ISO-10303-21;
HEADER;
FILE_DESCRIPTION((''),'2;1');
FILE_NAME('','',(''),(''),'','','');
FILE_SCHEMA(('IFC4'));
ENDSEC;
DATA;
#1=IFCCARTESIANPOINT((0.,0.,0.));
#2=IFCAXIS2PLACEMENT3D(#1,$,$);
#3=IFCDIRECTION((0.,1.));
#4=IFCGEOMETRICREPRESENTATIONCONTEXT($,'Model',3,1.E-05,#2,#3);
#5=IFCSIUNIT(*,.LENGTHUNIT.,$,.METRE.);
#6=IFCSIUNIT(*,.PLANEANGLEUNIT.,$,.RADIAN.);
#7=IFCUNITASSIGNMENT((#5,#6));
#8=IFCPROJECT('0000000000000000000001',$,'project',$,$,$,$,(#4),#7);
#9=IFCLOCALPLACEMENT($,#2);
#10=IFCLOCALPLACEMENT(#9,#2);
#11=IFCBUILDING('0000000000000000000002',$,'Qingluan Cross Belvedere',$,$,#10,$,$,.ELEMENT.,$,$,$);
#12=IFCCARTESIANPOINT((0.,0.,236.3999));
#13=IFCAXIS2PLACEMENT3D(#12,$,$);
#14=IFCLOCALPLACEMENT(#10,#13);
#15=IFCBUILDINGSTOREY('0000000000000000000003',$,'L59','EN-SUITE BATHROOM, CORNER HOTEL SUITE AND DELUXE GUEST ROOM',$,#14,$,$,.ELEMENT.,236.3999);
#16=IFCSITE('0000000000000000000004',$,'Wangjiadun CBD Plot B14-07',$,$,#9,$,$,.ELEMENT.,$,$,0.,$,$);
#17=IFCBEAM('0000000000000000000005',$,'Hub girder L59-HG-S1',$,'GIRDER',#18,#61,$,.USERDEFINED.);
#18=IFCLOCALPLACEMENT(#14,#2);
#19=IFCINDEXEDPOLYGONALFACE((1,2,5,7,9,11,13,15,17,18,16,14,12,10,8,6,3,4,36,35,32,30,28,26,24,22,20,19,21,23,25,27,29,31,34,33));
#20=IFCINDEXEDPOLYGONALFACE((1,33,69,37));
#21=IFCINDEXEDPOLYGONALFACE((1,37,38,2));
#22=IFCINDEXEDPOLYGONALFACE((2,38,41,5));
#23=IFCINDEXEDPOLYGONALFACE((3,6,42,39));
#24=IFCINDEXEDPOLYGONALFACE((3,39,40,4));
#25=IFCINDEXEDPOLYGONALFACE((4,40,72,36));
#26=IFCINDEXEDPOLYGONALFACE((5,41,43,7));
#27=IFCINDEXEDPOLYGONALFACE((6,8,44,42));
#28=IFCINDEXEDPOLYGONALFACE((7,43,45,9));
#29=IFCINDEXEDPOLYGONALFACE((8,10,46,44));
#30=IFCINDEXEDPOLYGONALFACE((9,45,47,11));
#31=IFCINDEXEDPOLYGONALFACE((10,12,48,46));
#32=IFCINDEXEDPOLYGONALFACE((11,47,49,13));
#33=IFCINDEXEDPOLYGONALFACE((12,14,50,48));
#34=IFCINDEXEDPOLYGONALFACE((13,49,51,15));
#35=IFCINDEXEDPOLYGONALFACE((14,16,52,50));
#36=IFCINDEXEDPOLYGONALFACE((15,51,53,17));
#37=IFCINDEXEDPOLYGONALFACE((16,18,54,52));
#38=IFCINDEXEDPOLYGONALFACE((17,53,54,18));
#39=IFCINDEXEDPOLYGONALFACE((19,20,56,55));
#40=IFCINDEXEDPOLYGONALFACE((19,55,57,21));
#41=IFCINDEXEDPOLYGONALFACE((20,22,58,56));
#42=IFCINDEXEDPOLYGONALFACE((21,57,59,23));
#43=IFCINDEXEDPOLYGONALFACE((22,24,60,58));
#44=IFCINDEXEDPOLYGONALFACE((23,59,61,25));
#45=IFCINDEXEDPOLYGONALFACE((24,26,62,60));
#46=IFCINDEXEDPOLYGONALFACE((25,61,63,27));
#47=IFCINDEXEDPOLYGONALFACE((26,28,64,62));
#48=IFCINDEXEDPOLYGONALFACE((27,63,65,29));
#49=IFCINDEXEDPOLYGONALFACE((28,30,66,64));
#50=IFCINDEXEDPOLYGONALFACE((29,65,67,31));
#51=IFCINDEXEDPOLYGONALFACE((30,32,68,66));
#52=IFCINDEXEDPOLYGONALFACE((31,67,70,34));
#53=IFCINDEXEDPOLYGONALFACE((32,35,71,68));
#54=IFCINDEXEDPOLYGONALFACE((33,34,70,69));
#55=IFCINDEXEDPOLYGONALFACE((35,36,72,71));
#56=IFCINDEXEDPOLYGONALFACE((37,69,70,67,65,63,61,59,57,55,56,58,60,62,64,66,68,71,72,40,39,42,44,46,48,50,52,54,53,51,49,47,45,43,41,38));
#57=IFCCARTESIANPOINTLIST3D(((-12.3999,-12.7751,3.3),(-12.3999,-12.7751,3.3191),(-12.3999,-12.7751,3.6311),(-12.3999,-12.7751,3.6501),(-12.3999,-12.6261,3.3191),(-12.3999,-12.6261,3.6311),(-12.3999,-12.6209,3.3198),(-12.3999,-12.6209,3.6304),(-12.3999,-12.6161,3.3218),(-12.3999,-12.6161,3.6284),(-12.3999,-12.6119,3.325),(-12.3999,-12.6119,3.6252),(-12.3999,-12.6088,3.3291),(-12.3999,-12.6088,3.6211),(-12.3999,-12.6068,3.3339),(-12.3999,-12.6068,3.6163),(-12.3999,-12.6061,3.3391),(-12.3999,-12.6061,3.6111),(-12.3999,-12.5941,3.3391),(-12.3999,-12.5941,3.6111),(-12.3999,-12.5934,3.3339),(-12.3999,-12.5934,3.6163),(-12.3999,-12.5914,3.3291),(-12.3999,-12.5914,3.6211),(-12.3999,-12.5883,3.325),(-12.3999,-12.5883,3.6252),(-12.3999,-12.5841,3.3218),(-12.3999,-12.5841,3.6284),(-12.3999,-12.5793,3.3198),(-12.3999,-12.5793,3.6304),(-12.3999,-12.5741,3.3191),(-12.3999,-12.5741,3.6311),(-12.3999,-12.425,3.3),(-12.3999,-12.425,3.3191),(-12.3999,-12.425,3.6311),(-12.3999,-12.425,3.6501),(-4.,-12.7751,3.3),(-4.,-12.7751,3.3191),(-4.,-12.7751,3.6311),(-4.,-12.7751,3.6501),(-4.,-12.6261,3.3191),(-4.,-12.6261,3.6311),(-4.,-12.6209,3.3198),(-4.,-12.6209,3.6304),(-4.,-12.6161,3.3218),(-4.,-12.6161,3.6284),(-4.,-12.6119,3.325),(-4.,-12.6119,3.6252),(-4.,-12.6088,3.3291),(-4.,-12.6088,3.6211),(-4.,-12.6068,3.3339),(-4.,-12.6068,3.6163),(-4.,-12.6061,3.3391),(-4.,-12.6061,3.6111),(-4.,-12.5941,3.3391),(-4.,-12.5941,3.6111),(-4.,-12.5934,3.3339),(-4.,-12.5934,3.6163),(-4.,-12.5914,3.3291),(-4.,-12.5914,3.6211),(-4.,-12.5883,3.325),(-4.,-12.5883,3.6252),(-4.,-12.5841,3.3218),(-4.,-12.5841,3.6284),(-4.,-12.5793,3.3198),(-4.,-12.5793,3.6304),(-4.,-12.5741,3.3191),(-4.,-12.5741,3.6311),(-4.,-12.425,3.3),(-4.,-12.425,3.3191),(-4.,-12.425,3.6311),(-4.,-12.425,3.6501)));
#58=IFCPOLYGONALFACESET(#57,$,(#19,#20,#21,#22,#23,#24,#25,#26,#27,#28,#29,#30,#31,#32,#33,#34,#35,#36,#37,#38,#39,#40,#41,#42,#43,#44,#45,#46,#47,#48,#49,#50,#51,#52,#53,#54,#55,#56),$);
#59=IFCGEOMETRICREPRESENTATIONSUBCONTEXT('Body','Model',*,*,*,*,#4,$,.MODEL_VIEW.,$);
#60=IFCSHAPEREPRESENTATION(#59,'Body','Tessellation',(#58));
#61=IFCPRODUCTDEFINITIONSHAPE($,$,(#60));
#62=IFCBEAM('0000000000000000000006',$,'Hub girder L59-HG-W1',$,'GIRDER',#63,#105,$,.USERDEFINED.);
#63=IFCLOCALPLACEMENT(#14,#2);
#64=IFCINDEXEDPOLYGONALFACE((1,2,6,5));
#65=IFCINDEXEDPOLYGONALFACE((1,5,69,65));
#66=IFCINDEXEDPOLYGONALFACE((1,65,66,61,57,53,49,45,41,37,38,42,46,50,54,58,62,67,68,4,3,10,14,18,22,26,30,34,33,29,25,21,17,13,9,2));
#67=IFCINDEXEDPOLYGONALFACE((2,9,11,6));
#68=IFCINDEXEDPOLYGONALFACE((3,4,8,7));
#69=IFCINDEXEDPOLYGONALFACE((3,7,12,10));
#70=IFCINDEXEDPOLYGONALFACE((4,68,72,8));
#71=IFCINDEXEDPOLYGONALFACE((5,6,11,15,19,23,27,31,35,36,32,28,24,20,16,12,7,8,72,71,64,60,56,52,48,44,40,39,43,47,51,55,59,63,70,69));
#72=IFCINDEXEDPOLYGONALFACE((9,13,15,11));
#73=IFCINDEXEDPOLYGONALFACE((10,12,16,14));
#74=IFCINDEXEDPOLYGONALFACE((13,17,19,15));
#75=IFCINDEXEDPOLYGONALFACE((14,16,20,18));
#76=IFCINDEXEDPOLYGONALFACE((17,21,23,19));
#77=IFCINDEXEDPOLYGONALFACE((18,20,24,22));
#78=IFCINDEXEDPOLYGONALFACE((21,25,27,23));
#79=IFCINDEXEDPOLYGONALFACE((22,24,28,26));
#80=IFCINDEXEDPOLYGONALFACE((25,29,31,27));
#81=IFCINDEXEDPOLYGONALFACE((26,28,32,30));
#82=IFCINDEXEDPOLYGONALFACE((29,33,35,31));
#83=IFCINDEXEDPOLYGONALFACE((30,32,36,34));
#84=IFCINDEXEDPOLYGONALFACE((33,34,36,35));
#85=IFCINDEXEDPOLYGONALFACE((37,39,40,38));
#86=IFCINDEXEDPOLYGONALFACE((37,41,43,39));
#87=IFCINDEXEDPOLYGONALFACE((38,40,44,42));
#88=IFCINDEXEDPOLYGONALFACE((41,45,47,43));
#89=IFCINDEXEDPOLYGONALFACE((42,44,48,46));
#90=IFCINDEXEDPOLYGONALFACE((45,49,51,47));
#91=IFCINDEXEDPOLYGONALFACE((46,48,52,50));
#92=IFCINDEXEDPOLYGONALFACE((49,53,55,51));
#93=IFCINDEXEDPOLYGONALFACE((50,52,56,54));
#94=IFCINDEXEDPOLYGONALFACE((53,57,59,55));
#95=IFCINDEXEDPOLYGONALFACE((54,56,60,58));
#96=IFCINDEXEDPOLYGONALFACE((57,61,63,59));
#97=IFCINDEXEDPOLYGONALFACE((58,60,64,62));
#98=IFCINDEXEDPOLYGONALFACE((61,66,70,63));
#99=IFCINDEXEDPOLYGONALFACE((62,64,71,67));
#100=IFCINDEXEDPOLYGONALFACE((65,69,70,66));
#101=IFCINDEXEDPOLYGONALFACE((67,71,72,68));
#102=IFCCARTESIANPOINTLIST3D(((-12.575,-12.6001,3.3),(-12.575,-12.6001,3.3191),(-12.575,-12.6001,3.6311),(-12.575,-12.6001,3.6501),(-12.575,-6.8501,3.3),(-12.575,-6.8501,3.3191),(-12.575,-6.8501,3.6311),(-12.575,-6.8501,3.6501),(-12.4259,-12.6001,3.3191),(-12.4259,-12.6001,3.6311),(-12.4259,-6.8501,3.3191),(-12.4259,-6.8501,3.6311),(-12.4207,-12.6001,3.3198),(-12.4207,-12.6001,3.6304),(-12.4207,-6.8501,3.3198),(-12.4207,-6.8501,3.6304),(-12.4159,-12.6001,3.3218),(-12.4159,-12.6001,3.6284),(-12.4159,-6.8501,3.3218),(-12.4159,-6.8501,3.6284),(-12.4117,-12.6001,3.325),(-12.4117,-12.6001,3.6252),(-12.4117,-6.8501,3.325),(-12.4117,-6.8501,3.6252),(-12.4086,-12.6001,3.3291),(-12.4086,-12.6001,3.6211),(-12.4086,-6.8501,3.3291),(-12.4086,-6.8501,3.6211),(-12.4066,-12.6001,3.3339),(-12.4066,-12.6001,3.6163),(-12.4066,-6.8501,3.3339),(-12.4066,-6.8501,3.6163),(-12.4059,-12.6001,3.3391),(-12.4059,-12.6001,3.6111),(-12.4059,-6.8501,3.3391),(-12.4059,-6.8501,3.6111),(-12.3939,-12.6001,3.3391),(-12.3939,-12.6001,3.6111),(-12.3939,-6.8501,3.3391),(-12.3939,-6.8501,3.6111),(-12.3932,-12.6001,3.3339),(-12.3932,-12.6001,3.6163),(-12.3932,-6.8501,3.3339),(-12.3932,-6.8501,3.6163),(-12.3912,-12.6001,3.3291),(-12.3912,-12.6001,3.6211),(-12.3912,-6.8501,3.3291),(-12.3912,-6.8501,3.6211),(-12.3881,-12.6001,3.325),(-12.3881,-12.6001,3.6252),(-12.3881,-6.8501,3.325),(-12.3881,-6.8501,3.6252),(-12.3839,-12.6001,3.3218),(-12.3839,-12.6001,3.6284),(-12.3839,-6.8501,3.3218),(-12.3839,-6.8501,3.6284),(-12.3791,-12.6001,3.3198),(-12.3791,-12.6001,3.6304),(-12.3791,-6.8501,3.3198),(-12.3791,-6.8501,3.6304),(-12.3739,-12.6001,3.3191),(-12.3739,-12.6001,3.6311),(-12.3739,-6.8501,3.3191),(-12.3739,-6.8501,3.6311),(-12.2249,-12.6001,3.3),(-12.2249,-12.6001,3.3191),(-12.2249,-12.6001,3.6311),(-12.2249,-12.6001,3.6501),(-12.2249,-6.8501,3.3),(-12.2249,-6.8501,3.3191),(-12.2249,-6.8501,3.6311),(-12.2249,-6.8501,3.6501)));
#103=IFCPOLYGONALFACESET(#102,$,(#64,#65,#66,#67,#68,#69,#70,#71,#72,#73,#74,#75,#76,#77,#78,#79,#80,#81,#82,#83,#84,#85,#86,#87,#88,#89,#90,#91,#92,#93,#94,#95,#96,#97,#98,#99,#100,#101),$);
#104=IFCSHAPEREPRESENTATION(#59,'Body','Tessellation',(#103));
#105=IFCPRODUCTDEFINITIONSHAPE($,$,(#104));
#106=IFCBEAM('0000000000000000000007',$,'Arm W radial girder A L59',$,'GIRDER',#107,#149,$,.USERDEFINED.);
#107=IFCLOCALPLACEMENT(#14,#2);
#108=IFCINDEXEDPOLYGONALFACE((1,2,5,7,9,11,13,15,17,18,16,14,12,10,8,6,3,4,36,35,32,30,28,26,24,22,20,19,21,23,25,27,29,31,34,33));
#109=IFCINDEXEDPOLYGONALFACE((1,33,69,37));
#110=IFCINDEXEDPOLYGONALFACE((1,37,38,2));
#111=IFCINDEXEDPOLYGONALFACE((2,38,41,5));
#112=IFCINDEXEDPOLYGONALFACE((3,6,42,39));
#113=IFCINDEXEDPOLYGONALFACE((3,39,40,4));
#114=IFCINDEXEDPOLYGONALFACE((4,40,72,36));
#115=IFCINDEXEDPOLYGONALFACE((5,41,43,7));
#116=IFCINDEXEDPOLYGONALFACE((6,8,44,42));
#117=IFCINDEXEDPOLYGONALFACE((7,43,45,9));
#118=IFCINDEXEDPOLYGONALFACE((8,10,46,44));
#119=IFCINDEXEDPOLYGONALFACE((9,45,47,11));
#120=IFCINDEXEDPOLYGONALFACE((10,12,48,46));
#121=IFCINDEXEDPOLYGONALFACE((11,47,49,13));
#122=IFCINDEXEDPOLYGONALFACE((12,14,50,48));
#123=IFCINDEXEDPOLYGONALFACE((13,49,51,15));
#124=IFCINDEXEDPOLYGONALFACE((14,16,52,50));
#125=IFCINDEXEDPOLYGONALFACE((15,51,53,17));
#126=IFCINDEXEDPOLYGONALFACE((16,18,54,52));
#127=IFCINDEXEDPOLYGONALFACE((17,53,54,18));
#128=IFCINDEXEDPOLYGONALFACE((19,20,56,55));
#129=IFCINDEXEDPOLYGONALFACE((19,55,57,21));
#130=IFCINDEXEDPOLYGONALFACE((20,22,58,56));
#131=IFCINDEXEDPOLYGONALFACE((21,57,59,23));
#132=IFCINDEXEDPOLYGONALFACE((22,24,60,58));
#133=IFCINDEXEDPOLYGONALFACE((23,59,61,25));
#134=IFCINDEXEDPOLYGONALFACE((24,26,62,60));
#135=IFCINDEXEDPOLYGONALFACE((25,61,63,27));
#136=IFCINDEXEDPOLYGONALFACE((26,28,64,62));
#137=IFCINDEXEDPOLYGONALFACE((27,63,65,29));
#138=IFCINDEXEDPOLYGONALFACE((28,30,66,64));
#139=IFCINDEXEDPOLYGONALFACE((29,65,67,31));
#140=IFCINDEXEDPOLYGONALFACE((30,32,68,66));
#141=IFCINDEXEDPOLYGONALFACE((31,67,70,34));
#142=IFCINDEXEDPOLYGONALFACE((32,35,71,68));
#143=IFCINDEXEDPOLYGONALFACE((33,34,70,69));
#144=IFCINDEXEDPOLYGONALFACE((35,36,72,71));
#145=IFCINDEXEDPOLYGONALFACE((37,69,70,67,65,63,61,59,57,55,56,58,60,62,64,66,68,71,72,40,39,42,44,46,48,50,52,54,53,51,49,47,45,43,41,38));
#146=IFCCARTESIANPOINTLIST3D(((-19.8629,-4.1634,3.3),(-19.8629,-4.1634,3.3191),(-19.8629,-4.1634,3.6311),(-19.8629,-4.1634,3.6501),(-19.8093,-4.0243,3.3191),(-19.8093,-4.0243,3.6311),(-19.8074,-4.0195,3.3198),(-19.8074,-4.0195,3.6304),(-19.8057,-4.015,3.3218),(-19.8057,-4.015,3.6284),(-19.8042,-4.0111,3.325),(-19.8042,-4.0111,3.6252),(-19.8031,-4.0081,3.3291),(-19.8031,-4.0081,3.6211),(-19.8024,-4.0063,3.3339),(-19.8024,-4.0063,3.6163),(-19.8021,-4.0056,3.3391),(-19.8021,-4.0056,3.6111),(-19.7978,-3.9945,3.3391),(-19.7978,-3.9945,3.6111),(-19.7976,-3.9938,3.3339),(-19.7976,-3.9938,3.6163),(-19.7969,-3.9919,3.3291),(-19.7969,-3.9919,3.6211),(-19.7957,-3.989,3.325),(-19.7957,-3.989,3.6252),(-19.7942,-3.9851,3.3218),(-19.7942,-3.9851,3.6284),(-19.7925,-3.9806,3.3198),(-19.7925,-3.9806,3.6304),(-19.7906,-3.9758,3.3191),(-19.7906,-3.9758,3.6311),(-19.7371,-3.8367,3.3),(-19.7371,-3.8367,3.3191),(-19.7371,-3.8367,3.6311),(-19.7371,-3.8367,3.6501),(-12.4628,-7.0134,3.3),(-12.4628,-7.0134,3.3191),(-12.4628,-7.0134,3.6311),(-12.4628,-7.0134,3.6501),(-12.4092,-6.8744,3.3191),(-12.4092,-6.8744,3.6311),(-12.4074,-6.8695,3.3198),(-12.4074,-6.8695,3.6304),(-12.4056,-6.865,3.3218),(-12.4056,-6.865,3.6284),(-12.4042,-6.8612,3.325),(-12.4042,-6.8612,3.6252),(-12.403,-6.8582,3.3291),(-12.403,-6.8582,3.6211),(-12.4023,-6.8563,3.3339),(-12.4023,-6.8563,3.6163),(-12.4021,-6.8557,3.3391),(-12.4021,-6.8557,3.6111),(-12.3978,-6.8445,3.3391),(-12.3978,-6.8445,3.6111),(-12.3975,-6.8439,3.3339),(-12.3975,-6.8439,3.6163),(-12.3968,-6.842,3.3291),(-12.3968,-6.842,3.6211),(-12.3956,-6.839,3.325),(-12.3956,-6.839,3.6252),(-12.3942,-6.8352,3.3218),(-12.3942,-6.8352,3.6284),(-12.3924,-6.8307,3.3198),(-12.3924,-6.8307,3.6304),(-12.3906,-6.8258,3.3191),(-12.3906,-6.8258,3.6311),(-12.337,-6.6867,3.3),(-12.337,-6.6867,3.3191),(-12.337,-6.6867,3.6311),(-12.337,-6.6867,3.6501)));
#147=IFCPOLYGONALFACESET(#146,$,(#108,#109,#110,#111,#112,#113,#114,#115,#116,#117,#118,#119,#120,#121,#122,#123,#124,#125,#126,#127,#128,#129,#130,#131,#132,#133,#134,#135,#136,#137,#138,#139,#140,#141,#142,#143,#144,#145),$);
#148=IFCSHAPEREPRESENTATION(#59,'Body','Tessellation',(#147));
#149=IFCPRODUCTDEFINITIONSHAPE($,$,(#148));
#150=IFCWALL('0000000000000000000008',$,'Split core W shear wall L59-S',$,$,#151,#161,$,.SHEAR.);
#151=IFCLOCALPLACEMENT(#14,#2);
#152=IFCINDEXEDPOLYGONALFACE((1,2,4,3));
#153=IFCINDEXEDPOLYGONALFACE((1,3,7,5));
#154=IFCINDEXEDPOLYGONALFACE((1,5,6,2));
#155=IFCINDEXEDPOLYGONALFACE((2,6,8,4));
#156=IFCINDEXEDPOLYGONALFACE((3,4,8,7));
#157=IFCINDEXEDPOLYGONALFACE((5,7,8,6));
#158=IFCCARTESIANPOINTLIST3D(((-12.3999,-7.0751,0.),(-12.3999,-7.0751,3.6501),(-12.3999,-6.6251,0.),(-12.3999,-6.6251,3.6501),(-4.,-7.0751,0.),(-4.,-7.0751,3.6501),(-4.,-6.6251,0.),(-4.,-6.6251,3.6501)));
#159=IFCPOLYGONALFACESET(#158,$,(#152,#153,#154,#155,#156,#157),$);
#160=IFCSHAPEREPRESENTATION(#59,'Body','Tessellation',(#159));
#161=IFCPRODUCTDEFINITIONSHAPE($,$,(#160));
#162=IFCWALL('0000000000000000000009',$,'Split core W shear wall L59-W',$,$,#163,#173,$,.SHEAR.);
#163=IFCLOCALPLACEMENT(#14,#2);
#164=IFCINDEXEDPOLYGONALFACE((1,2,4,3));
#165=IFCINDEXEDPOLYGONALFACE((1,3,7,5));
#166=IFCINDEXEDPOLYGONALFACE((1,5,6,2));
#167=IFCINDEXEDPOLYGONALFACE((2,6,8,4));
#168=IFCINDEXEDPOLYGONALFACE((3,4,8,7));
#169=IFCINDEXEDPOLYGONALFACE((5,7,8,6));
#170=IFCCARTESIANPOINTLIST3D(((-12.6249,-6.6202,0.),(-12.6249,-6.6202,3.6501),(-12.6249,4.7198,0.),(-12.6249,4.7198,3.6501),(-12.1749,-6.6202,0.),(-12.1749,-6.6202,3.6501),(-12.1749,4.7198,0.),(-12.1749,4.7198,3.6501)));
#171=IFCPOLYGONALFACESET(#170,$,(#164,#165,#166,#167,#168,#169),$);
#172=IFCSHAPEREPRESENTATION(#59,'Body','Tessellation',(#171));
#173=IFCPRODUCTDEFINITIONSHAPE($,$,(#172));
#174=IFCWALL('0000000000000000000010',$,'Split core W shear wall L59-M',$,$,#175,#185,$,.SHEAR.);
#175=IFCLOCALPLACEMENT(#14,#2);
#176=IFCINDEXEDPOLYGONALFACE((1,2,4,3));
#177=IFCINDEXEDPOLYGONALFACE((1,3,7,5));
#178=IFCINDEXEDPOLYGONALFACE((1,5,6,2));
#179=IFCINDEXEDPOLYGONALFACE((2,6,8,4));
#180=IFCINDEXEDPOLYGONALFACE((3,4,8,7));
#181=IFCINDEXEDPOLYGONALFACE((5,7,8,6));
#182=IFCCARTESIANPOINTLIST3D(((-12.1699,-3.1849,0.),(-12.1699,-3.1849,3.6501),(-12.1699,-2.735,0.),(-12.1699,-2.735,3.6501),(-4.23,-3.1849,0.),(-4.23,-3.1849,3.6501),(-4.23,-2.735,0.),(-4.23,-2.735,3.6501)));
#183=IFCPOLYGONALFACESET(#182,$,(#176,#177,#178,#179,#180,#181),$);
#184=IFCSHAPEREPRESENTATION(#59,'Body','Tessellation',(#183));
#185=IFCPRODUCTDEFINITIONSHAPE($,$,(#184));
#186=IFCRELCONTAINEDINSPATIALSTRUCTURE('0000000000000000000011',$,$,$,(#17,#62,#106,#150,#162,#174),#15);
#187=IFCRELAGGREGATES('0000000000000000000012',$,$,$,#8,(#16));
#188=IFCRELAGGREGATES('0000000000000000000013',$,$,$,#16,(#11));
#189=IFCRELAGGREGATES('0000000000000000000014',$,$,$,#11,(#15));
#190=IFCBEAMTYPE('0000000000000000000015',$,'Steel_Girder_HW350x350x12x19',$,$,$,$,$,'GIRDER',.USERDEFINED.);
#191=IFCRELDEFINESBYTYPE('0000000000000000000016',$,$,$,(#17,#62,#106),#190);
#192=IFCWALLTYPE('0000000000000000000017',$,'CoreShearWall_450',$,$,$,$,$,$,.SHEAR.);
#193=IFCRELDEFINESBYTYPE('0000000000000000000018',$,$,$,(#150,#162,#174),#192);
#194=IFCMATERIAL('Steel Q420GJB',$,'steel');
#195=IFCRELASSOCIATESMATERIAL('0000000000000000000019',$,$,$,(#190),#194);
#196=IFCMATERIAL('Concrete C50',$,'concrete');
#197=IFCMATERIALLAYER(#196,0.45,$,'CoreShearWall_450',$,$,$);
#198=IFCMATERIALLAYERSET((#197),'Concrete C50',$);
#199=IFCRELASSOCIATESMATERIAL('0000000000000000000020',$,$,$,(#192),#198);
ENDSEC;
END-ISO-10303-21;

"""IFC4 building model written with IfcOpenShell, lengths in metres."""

from ifc_helpers import new_model, si_unit, direction, frame, frame_2d, origin, origin_2d, place, context, subcontext, project, spatial, rectangle, i_section, extrude, material, layer, layer_set, material_profile, profile_set, type_object, element, save


model = new_model("IFC4")

# Units and contexts
model_context = context("Model", 3, precision=1e-05, world=origin(), true_north=direction((0.0, 1.0)))
body_context = subcontext(model_context, "Body", "Model", "MODEL_VIEW")
ifc_project = project(units=[si_unit("LENGTHUNIT", "METRE"), si_unit("PLANEANGLEUNIT", "RADIAN")], contexts=[model_context])

# Site, building, storey
site_placement = place(None, origin())
site = spatial("IfcSite", under=ifc_project, at=site_placement, Name="Wangjiadun CBD Plot B14-07", CompositionType="ELEMENT", RefElevation=0.0)
building_placement = place(site_placement, origin())
building = spatial("IfcBuilding", under=site, at=building_placement, Name="Qingluan Cross Belvedere", CompositionType="ELEMENT")
storey_placement = place(building_placement, frame((0.0, 0.0, 236.3999)))
storey = spatial("IfcBuildingStorey", under=building, at=storey_placement, Name="L59", Description="EN-SUITE BATHROOM, CORNER HOTEL SUITE AND DELUXE GUEST ROOM", CompositionType="ELEMENT", Elevation=236.3999)

# Beams
ifc_material_1 = material(Name="Steel Q420GJB", Category="steel")
ifc_material_profile_1 = material_profile(ifc_material_1, i_section(OverallWidth=0.3501, OverallDepth=0.3501, WebThickness=0.012, FlangeThickness=0.019, FilletRadius=0.02, at=origin_2d()), Name="HW350x350x12x19")
ifc_profile_set_1 = profile_set([ifc_material_profile_1], Name="Steel Q420GJB")
beam_type_1 = type_object("IfcBeamType", Name="Steel_Girder_HW350x350x12x19", ElementType="GIRDER", PredefinedType="USERDEFINED", material=ifc_profile_set_1)
beam_1_placement = place(storey_placement, frame((-12.3999, -12.6001, 3.4751), z_axis=(1.0, 0.0, 0.0), x_axis=(0.0, 1.0, 0.0)))
element("IfcBeam", 1, at=beam_1_placement, inside=storey, type_object=beam_type_1, Name="Hub girder L59-HG-S1", ObjectType="GIRDER", PredefinedType="USERDEFINED", context=body_context, shape_type="SweptSolid", body=[
    extrude(i_section(OverallWidth=0.3501, OverallDepth=0.3501, WebThickness=0.012, FlangeThickness=0.019, FilletRadius=0.02, at=origin_2d()), origin(), (0.0, 0.0, 1.0), 8.3999),
])
beam_2_placement = place(storey_placement, frame((-12.3999, -12.6001, 3.4751), z_axis=(0.0, 1.0, 0.0), x_axis=(-1.0, 0.0, 0.0)))
element("IfcBeam", 2, at=beam_2_placement, inside=storey, type_object=beam_type_1, Name="Hub girder L59-HG-W1", ObjectType="GIRDER", PredefinedType="USERDEFINED", context=body_context, shape_type="SweptSolid", body=[
    extrude(i_section(OverallWidth=0.3501, OverallDepth=0.3501, WebThickness=0.012, FlangeThickness=0.019, FilletRadius=0.02, at=origin_2d()), origin(), (0.0, 0.0, 1.0), 5.75),
])
beam_3_placement = place(storey_placement, frame((-12.3999, -6.8501, 3.4751), z_axis=(-0.933181, 0.359406, 0.0), x_axis=(-0.359406, -0.933181, 0.0)))
element("IfcBeam", 3, at=beam_3_placement, inside=storey, type_object=beam_type_1, Name="Arm W radial girder A L59", ObjectType="GIRDER", PredefinedType="USERDEFINED", context=body_context, shape_type="SweptSolid", body=[
    extrude(i_section(OverallWidth=0.3501, OverallDepth=0.3501, WebThickness=0.012, FlangeThickness=0.019, FilletRadius=0.02, at=origin_2d()), origin(), (0.0, 0.0, 1.0), 7.9299),
])

# Walls
ifc_material_2 = material(Name="Concrete C50", Category="concrete")
ifc_layer_1 = layer(ifc_material_2, 0.45, Name="CoreShearWall_450")
ifc_layer_set_1 = layer_set([ifc_layer_1], Name="Concrete C50")
wall_type_1 = type_object("IfcWallType", Name="CoreShearWall_450", PredefinedType="SHEAR", material=ifc_layer_set_1)
wall_1_placement = place(storey_placement, frame((-12.3999, -6.8501, 0.0), z_axis=(0.0, 0.0, 1.0), x_axis=(1.0, 0.0, 0.0)))
element("IfcWall", 4, at=wall_1_placement, inside=storey, type_object=wall_type_1, Name="Split core W shear wall L59-S", PredefinedType="SHEAR", context=body_context, shape_type="SweptSolid", body=[
    extrude(rectangle(XDim=8.3999, YDim=0.45, at=frame_2d((4.2, 0.0))), origin(), (0.0, 0.0, 1.0), 3.6501),
])
wall_2_placement = place(storey_placement, frame((-12.3999, -6.6201, 0.0), z_axis=(0.0, 0.0, 1.0), x_axis=(0.0, 1.0, 0.0)))
element("IfcWall", 5, at=wall_2_placement, inside=storey, type_object=wall_type_1, Name="Split core W shear wall L59-W", PredefinedType="SHEAR", context=body_context, shape_type="SweptSolid", body=[
    extrude(rectangle(XDim=11.3401, YDim=0.45, at=frame_2d((5.6699, 0.0))), origin(), (0.0, 0.0, 1.0), 3.6501),
])
wall_3_placement = place(storey_placement, frame((-12.1699, -2.96, 0.0), z_axis=(0.0, 0.0, 1.0), x_axis=(1.0, 0.0, 0.0)))
element("IfcWall", 6, at=wall_3_placement, inside=storey, type_object=wall_type_1, Name="Split core W shear wall L59-M", PredefinedType="SHEAR", context=body_context, shape_type="SweptSolid", body=[
    extrude(rectangle(XDim=7.9399, YDim=0.45, at=frame_2d((3.97, 0.0))), origin(), (0.0, 0.0, 1.0), 3.6501),
])

save(model, "model.ifc")
